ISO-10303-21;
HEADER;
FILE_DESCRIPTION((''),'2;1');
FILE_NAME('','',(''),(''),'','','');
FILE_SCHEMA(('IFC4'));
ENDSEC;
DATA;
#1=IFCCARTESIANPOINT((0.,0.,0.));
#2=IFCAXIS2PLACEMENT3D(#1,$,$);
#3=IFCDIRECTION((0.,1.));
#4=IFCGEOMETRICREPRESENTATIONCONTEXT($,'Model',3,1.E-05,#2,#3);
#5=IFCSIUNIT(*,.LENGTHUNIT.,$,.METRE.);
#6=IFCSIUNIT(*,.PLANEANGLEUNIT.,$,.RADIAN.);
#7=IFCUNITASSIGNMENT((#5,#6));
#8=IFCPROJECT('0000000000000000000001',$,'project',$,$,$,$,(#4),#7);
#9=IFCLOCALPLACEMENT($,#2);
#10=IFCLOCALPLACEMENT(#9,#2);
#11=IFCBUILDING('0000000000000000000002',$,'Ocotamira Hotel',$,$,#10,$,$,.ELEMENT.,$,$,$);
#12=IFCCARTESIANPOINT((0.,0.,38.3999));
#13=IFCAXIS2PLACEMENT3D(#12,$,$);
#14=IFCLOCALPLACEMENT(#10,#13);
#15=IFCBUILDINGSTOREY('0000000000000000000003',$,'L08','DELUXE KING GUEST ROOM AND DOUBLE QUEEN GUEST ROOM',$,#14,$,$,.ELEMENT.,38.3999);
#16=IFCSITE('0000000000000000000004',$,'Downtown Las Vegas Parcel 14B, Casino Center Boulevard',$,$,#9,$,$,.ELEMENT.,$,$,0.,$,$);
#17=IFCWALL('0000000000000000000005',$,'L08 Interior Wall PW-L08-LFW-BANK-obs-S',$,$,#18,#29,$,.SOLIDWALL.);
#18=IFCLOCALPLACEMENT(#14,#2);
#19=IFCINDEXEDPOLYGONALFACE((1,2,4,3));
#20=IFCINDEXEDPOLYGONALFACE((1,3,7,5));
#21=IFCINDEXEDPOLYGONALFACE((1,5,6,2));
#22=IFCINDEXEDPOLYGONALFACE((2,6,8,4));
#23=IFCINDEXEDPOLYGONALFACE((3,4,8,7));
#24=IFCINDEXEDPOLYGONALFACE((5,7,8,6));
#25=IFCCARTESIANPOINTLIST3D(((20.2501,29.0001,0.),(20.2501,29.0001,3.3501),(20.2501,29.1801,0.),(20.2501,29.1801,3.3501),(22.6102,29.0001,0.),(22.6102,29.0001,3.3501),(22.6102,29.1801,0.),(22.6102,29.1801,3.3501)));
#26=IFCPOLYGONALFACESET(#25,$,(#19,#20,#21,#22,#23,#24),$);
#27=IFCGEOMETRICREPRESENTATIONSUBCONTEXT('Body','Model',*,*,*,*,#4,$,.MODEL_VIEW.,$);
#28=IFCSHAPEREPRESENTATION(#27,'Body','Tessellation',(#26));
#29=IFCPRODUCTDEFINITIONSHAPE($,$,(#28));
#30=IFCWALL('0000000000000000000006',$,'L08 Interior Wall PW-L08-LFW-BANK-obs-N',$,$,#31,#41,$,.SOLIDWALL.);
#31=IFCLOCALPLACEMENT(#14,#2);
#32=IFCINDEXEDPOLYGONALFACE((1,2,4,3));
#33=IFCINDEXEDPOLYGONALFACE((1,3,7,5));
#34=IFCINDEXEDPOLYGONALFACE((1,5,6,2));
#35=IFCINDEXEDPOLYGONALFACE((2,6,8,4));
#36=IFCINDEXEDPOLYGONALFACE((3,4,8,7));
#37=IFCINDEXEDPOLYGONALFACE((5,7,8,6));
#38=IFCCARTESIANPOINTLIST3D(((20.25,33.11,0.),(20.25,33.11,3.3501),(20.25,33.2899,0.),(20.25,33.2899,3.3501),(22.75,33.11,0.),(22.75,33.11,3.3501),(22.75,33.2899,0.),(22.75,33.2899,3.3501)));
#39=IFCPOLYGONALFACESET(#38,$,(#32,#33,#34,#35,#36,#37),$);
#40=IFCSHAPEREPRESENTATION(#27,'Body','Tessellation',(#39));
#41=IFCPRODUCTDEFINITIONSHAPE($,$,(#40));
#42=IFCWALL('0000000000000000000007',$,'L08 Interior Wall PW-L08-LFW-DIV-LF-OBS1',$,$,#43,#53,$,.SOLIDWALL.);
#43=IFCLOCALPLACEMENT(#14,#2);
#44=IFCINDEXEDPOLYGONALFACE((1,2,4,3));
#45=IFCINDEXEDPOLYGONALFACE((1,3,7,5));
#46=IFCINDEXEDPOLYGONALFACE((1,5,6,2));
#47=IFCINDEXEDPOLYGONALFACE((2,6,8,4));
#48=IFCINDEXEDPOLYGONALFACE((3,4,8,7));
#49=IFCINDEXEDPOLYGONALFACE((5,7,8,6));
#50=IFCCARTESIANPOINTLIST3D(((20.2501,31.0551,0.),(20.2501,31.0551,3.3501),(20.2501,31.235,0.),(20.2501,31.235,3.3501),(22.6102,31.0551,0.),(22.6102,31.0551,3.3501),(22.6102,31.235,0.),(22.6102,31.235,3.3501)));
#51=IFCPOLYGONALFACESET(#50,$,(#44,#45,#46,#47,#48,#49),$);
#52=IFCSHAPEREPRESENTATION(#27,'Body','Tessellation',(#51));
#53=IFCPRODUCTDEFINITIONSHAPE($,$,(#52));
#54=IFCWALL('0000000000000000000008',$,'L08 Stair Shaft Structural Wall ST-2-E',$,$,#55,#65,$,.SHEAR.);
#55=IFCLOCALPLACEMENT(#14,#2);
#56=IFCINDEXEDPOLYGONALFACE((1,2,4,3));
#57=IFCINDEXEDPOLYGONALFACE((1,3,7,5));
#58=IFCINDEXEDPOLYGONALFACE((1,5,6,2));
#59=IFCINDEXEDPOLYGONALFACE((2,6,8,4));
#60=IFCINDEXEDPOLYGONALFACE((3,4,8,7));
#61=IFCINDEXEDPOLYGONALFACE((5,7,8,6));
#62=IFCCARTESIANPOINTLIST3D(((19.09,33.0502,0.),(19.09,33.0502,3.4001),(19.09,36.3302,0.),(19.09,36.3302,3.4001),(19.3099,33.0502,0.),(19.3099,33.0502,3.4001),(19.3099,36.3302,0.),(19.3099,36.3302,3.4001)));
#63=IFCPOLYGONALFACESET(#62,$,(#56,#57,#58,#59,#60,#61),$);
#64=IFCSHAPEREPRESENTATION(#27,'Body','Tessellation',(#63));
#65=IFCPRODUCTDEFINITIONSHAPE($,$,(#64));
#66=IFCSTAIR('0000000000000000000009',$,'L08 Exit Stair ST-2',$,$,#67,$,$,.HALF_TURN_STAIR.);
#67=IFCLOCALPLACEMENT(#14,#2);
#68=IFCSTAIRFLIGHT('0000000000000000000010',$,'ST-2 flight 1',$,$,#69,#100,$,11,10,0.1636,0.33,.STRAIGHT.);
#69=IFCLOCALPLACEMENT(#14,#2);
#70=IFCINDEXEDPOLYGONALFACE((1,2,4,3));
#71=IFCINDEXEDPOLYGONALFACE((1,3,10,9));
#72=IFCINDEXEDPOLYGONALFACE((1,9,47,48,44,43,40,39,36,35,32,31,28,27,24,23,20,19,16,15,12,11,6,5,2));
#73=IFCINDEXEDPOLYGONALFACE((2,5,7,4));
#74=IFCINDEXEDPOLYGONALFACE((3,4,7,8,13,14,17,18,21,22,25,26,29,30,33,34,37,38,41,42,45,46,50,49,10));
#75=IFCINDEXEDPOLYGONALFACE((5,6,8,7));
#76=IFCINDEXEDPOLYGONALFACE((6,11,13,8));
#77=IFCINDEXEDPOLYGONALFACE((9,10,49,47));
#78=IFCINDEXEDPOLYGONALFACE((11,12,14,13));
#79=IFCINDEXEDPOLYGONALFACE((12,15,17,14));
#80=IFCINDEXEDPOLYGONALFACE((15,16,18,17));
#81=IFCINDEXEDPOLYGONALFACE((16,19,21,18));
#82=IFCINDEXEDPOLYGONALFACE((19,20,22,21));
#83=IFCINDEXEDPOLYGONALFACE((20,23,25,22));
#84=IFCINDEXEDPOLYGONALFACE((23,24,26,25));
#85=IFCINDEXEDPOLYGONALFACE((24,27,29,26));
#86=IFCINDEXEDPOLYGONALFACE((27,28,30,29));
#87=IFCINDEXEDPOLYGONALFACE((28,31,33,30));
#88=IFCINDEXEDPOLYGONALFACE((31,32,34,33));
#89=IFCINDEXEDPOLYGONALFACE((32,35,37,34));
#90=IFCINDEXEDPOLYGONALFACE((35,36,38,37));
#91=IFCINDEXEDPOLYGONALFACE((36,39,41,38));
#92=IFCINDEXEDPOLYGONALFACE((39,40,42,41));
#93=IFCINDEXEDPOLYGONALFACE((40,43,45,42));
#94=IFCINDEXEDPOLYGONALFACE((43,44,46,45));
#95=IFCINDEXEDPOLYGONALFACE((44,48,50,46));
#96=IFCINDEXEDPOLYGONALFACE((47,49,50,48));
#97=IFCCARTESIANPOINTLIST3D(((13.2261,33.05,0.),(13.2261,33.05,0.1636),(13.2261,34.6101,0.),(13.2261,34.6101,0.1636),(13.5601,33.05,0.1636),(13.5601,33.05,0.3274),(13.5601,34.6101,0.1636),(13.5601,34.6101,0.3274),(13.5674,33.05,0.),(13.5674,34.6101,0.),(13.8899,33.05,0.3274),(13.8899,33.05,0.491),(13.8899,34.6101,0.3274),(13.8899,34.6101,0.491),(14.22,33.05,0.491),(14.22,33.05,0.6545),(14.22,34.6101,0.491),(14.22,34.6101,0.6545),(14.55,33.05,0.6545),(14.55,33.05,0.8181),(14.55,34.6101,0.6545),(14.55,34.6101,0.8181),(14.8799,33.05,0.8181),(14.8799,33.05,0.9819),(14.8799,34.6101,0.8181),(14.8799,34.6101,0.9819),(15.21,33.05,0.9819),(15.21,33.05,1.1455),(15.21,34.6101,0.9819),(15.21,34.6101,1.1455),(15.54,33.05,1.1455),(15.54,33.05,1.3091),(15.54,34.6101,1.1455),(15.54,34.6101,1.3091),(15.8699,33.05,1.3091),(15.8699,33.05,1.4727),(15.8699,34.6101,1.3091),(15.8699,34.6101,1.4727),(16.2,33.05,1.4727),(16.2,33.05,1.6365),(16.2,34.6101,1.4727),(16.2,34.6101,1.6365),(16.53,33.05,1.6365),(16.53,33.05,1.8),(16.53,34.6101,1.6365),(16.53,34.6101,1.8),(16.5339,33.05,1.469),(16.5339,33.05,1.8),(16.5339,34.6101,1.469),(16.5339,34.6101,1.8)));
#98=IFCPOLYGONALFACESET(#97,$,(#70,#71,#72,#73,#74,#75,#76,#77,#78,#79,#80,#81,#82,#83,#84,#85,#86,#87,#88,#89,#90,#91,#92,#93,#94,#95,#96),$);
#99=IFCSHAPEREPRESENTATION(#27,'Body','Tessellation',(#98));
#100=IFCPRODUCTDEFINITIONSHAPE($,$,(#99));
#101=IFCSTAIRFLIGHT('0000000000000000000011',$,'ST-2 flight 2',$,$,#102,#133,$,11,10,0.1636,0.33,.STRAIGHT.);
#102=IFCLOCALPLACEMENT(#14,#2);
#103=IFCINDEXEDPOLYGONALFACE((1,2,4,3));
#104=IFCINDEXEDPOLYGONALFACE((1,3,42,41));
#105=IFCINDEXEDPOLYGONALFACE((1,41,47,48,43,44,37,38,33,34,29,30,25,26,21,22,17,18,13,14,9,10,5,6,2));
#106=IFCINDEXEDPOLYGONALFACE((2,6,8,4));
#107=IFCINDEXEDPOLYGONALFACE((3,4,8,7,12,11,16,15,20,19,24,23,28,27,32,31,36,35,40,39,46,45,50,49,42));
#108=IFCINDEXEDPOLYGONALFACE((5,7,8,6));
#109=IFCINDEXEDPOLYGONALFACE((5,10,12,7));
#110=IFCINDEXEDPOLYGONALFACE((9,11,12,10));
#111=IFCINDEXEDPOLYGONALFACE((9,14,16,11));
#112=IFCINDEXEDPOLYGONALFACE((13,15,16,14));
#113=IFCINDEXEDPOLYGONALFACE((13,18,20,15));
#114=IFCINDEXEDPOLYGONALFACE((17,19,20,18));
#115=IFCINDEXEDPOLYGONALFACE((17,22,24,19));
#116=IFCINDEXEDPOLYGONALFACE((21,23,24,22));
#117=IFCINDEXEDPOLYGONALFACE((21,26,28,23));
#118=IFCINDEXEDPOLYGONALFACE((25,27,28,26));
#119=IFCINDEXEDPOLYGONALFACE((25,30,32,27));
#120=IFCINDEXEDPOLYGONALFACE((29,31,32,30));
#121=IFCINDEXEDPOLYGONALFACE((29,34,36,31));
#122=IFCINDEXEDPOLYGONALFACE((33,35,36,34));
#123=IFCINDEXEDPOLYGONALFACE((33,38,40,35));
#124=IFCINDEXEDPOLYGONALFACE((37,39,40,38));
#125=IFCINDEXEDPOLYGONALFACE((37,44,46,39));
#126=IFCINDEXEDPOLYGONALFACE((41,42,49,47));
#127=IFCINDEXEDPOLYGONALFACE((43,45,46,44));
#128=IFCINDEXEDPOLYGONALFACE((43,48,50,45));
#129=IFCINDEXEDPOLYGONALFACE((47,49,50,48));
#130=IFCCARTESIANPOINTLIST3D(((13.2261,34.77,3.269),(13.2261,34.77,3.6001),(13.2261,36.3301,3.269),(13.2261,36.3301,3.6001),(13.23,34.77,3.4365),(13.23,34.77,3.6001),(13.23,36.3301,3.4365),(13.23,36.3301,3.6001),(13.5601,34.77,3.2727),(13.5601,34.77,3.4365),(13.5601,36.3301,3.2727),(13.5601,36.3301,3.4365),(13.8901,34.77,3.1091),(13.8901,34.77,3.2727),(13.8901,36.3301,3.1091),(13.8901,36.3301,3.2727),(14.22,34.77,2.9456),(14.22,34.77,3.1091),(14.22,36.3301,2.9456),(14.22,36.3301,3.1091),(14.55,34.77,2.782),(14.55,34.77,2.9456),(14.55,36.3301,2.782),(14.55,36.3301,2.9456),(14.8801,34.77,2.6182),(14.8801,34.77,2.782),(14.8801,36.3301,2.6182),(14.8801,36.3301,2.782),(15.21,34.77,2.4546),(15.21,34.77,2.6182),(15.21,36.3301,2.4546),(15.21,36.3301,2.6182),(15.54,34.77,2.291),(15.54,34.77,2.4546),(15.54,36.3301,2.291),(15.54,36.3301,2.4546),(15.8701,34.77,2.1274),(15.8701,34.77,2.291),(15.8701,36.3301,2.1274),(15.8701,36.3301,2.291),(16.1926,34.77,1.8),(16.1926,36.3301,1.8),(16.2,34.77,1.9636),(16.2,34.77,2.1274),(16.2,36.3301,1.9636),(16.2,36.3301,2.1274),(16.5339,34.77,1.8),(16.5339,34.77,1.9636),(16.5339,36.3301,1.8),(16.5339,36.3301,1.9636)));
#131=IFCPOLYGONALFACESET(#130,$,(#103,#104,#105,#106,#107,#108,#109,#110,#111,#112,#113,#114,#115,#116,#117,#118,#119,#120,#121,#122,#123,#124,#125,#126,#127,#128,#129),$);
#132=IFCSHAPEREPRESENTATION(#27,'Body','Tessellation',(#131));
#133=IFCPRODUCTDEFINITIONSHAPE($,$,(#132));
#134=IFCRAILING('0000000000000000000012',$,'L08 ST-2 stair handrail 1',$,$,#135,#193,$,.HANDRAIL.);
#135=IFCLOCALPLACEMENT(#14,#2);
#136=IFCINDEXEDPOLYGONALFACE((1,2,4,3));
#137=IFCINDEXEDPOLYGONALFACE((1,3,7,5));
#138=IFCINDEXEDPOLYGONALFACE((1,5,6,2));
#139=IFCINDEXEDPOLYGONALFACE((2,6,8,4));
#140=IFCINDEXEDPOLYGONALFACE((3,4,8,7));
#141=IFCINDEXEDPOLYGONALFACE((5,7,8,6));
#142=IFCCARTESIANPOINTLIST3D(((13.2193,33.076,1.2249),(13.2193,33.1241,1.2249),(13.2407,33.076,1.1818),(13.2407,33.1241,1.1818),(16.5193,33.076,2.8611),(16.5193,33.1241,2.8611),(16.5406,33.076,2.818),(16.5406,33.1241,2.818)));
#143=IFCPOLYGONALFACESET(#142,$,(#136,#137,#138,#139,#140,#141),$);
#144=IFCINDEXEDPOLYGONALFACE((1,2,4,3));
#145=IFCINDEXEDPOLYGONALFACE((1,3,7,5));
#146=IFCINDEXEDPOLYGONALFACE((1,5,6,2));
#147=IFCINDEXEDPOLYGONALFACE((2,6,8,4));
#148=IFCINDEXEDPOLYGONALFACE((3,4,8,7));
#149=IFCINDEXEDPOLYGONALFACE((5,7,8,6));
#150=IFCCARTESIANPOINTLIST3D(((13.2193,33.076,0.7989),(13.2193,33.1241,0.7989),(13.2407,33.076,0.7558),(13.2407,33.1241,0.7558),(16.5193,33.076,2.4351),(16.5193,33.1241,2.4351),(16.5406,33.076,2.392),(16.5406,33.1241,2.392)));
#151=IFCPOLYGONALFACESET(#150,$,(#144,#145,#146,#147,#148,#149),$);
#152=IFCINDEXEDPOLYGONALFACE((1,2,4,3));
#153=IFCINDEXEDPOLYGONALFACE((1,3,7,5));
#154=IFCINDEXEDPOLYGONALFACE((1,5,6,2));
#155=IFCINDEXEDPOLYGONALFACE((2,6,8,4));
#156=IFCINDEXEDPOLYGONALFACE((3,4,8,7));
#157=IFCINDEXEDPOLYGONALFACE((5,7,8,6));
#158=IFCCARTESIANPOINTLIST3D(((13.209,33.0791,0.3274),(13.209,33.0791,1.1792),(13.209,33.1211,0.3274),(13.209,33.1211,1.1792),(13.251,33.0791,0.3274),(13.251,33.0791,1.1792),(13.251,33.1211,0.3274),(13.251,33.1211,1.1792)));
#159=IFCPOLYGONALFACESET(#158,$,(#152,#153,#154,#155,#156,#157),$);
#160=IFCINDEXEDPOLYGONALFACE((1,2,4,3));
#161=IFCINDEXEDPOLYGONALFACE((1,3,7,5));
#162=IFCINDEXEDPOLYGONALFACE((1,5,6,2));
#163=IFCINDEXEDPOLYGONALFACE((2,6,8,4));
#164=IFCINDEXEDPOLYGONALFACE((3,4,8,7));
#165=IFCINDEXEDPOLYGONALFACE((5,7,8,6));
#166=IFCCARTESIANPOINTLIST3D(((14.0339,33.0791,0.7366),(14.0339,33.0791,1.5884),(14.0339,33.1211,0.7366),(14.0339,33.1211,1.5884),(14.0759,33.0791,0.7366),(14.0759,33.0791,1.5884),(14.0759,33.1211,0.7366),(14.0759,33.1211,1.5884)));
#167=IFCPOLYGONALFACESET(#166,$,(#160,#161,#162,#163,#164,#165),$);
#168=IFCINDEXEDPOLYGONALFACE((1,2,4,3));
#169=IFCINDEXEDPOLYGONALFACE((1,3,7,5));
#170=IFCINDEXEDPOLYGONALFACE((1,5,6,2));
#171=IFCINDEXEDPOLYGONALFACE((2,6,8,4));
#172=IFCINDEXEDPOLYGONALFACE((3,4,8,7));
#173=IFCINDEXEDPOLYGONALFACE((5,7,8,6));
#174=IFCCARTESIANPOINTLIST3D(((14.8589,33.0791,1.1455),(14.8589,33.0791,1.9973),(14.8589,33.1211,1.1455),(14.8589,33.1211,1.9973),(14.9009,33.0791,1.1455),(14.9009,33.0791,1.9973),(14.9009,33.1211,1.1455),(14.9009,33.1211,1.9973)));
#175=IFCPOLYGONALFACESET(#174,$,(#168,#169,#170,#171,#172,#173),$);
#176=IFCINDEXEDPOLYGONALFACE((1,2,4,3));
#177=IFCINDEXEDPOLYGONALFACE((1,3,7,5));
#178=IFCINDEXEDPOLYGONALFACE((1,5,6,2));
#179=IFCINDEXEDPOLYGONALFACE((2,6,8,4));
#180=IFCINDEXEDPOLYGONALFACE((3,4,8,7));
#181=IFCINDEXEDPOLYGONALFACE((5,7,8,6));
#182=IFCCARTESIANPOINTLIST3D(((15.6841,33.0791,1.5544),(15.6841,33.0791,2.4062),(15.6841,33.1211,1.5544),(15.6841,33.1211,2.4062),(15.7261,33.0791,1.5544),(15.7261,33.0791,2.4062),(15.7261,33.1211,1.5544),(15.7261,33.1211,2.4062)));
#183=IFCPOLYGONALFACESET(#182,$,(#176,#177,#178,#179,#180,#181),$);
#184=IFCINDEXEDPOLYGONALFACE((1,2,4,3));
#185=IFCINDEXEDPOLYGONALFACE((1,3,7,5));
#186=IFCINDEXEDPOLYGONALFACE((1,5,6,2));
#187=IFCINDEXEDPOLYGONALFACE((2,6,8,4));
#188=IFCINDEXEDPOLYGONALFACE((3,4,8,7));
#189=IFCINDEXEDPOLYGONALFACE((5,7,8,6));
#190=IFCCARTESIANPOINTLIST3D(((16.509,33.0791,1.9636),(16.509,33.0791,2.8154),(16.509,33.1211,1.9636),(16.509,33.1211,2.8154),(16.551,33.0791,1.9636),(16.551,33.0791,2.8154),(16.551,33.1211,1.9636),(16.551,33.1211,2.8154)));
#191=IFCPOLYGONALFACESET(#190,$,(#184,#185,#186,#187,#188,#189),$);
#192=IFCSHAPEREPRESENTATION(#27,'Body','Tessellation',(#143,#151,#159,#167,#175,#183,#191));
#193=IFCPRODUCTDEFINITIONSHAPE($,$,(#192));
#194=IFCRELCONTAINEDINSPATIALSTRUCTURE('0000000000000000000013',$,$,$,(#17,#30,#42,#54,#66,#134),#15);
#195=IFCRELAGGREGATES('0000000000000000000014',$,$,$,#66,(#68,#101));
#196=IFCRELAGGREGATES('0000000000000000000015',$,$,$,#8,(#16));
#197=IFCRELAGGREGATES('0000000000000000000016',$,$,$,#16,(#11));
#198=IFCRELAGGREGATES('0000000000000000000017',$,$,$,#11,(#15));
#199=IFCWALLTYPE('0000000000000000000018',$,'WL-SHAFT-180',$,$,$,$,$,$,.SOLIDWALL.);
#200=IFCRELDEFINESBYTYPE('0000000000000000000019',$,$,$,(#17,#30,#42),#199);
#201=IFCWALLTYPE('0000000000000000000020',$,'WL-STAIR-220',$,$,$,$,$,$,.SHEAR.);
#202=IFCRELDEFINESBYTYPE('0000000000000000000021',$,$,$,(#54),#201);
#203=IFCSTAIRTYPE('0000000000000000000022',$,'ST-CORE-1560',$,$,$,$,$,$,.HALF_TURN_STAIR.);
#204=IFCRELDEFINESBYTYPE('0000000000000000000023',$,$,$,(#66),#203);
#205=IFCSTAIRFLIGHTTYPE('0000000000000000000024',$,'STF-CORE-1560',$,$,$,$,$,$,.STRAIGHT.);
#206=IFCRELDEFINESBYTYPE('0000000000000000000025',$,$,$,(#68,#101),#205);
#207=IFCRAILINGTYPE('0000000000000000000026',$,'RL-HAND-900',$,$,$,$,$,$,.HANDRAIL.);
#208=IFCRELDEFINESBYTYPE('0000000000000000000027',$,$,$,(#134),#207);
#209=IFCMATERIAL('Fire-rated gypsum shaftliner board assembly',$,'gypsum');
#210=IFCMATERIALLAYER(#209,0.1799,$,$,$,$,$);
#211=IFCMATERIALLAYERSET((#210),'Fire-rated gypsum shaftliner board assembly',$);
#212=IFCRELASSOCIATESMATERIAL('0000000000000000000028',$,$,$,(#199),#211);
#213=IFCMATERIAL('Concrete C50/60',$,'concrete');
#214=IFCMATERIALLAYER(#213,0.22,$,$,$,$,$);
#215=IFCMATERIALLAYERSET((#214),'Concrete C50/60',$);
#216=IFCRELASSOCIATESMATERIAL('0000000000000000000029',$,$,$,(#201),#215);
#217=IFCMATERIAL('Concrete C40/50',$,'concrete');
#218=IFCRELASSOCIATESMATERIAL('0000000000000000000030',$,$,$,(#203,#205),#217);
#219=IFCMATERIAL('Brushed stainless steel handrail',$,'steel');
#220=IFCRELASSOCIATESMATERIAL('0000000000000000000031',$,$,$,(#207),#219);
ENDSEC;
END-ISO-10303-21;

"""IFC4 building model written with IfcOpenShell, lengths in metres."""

from ifc_helpers import new_model, si_unit, direction, frame, frame_2d, origin, origin_2d, place, context, subcontext, project, spatial, polyline, rectangle, outline, extrude, source, transform, mapped, material, layer, layer_set, type_object, element, aggregate, save


model = new_model("IFC4")

# Units and contexts
model_context = context("Model", 3, precision=1e-05, world=origin(), true_north=direction((0.0, 1.0)))
body_context = subcontext(model_context, "Body", "Model", "MODEL_VIEW")
ifc_project = project(units=[si_unit("LENGTHUNIT", "METRE"), si_unit("PLANEANGLEUNIT", "RADIAN")], contexts=[model_context])

# Site, building, storey
site_placement = place(None, origin())
site = spatial("IfcSite", under=ifc_project, at=site_placement, Name="Downtown Las Vegas Parcel 14B, Casino Center Boulevard", CompositionType="ELEMENT", RefElevation=0.0)
building_placement = place(site_placement, origin())
building = spatial("IfcBuilding", under=site, at=building_placement, Name="Ocotamira Hotel", CompositionType="ELEMENT")
storey_placement = place(building_placement, frame((0.0, 0.0, 38.3999)))
storey = spatial("IfcBuildingStorey", under=building, at=storey_placement, Name="L08", Description="DELUXE KING GUEST ROOM AND DOUBLE QUEEN GUEST ROOM", CompositionType="ELEMENT", Elevation=38.3999)

# Walls
ifc_material_1 = material(Name="Fire-rated gypsum shaftliner board assembly", Category="gypsum")
ifc_layer_1 = layer(ifc_material_1, 0.1799)
ifc_layer_set_1 = layer_set([ifc_layer_1], Name="Fire-rated gypsum shaftliner board assembly")
wall_type_1 = type_object("IfcWallType", Name="WL-SHAFT-180", PredefinedType="SOLIDWALL", material=ifc_layer_set_1)
wall_1_placement = place(storey_placement, frame((20.25, 29.0901, 0.0), z_axis=(0.0, 0.0, 1.0), x_axis=(1.0, 0.0, 0.0)))
element("IfcWall", 1, at=wall_1_placement, inside=storey, type_object=wall_type_1, Name="L08 Interior Wall PW-L08-LFW-BANK-obs-S", PredefinedType="SOLIDWALL", context=body_context, shape_type="SweptSolid", body=[
    extrude(rectangle(XDim=2.3601, YDim=0.1799, at=frame_2d((1.1802, 0.0))), origin(), (0.0, 0.0, 1.0), 3.3501),
])
wall_2_placement = place(storey_placement, frame((20.25, 33.2, 0.0), z_axis=(0.0, 0.0, 1.0), x_axis=(1.0, 0.0, 0.0)))
element("IfcWall", 2, at=wall_2_placement, inside=storey, type_object=wall_type_1, Name="L08 Interior Wall PW-L08-LFW-BANK-obs-N", PredefinedType="SOLIDWALL", context=body_context, shape_type="SweptSolid", body=[
    extrude(rectangle(XDim=2.5, YDim=0.1799, at=frame_2d((1.25, 0.0))), origin(), (0.0, 0.0, 1.0), 3.3501),
])
wall_3_placement = place(storey_placement, frame((20.25, 31.145, 0.0), z_axis=(0.0, 0.0, 1.0), x_axis=(1.0, 0.0, 0.0)))
element("IfcWall", 3, at=wall_3_placement, inside=storey, type_object=wall_type_1, Name="L08 Interior Wall PW-L08-LFW-DIV-LF-OBS1", PredefinedType="SOLIDWALL", context=body_context, shape_type="SweptSolid", body=[
    extrude(rectangle(XDim=2.3601, YDim=0.1799, at=frame_2d((1.1802, 0.0))), origin(), (0.0, 0.0, 1.0), 3.3501),
])
ifc_material_2 = material(Name="Concrete C50/60", Category="concrete")
ifc_layer_2 = layer(ifc_material_2, 0.22)
ifc_layer_set_2 = layer_set([ifc_layer_2], Name="Concrete C50/60")
wall_type_2 = type_object("IfcWallType", Name="WL-STAIR-220", PredefinedType="SHEAR", material=ifc_layer_set_2)
wall_4_placement = place(storey_placement, frame((19.2, 33.05, 0.0), z_axis=(0.0, 0.0, 1.0), x_axis=(0.0, 1.0, 0.0)))
element("IfcWall", 4, at=wall_4_placement, inside=storey, type_object=wall_type_2, Name="L08 Stair Shaft Structural Wall ST-2-E", PredefinedType="SHEAR", context=body_context, shape_type="SweptSolid", body=[
    extrude(rectangle(XDim=3.28, YDim=0.22, at=frame_2d((1.6401, 0.0))), origin(), (0.0, 0.0, 1.0), 3.4001),
])

# Stair, stair flights
ifc_material_3 = material(Name="Concrete C40/50", Category="concrete")
stair_type = type_object("IfcStairType", Name="ST-CORE-1560", PredefinedType="HALF_TURN_STAIR", material=ifc_material_3)
stair_placement = place(storey_placement, origin())
stair = element("IfcStair", 5, at=stair_placement, inside=storey, type_object=stair_type, Name="L08 Exit Stair ST-2", PredefinedType="HALF_TURN_STAIR")
stair_flight_type = type_object("IfcStairFlightType", Name="STF-CORE-1560", PredefinedType="STRAIGHT", material=ifc_material_3)
shared_shape_1 = source(origin(), body_context, "Body", "SweptSolid", [
    extrude(outline(polyline([(-0.0039, 0.0), (-0.0039, 0.1636), (0.3301, 0.1636), (0.3301, 0.3274), (0.6599, 0.3274), (0.6599, 0.491), (0.99, 0.491), (0.99, 0.6545), (1.3201, 0.6545), (1.3201, 0.8181), (1.6499, 0.8181), (1.6499, 0.9819), (1.98, 0.9819), (1.98, 1.1455), (2.3101, 1.1455), (2.3101, 1.3091), (2.6399, 1.3091), (2.6399, 1.4727), (2.97, 1.4727), (2.97, 1.6365), (3.3, 1.6365), (3.3, 1.8), (3.304, 1.8), (3.304, 1.469), (0.3374, 0.0), (-0.0039, 0.0)])), frame((0.0, 0.78, 0.0), z_axis=(0.0, -1.0, 0.0), x_axis=(1.0, 0.0, 0.0)), (0.0, 0.0, 1.0), 1.5601),
])
stair_flight_1_placement = place(storey_placement, frame((13.23, 33.8301, 0.0), z_axis=(0.0, 0.0, 1.0), x_axis=(1.0, 0.0, 0.0)))
stair_flight_1 = element("IfcStairFlight", 6, at=stair_flight_1_placement, type_object=stair_flight_type, Name="ST-2 flight 1", NumberOfRisers=11, NumberOfTreads=10, PredefinedType="STRAIGHT", RiserHeight=0.1636, TreadLength=0.33, context=body_context, shape_type="MappedRepresentation", body=[
    mapped(shared_shape_1, transform((0.0, 0.0, 0.0), scale=1.0)),
])
stair_flight_2_placement = place(storey_placement, frame((16.53, 35.55, 1.8), z_axis=(0.0, 0.0, 1.0), x_axis=(-1.0, 0.0, 0.0)))
stair_flight_2 = element("IfcStairFlight", 7, at=stair_flight_2_placement, type_object=stair_flight_type, Name="ST-2 flight 2", NumberOfRisers=11, NumberOfTreads=10, PredefinedType="STRAIGHT", RiserHeight=0.1636, TreadLength=0.33, context=body_context, shape_type="MappedRepresentation", body=[
    mapped(shared_shape_1, transform((0.0, 0.0, 0.0), scale=1.0)),
])
aggregate(stair, [stair_flight_1, stair_flight_2])

# Railing
ifc_material_4 = material(Name="Brushed stainless steel handrail", Category="steel")
railing_type_1 = type_object("IfcRailingType", Name="RL-HAND-900", PredefinedType="HANDRAIL", material=ifc_material_4)
railing_1_placement = place(storey_placement, frame((13.23, 33.1001, 0.3274)))
element("IfcRailing", 8, at=railing_1_placement, inside=storey, type_object=railing_type_1, Name="L08 ST-2 stair handrail 1", PredefinedType="HANDRAIL", context=body_context, shape_type="SweptSolid", body=[
    extrude(rectangle(XDim=0.0481, YDim=0.0481, at=origin_2d()), frame((0.0, 0.0, 0.876), z_axis=(0.89592, 0.0, 0.444215), x_axis=(0.0, 1.0, 0.0)), (0.0, 0.0, 1.0), 3.6833),
    extrude(rectangle(XDim=0.0481, YDim=0.0481, at=origin_2d()), frame((0.0, 0.0, 0.45), z_axis=(0.89592, 0.0, 0.444215), x_axis=(0.0, 1.0, 0.0)), (0.0, 0.0, 1.0), 3.6833),
    extrude(rectangle(XDim=0.042, YDim=0.042, at=origin_2d()), origin(), (0.0, 0.0, 1.0), 0.8518),
    extrude(rectangle(XDim=0.042, YDim=0.042, at=origin_2d()), frame((0.825, 0.0, 0.4092)), (0.0, 0.0, 1.0), 0.8518),
    extrude(rectangle(XDim=0.042, YDim=0.042, at=origin_2d()), frame((1.6499, 0.0, 0.8181)), (0.0, 0.0, 1.0), 0.8518),
    extrude(rectangle(XDim=0.042, YDim=0.042, at=origin_2d()), frame((2.4751, 0.0, 1.2271)), (0.0, 0.0, 1.0), 0.8518),
    extrude(rectangle(XDim=0.042, YDim=0.042, at=origin_2d()), frame((3.3, 0.0, 1.6362)), (0.0, 0.0, 1.0), 0.8518),
])

save(model, "model.ifc")
